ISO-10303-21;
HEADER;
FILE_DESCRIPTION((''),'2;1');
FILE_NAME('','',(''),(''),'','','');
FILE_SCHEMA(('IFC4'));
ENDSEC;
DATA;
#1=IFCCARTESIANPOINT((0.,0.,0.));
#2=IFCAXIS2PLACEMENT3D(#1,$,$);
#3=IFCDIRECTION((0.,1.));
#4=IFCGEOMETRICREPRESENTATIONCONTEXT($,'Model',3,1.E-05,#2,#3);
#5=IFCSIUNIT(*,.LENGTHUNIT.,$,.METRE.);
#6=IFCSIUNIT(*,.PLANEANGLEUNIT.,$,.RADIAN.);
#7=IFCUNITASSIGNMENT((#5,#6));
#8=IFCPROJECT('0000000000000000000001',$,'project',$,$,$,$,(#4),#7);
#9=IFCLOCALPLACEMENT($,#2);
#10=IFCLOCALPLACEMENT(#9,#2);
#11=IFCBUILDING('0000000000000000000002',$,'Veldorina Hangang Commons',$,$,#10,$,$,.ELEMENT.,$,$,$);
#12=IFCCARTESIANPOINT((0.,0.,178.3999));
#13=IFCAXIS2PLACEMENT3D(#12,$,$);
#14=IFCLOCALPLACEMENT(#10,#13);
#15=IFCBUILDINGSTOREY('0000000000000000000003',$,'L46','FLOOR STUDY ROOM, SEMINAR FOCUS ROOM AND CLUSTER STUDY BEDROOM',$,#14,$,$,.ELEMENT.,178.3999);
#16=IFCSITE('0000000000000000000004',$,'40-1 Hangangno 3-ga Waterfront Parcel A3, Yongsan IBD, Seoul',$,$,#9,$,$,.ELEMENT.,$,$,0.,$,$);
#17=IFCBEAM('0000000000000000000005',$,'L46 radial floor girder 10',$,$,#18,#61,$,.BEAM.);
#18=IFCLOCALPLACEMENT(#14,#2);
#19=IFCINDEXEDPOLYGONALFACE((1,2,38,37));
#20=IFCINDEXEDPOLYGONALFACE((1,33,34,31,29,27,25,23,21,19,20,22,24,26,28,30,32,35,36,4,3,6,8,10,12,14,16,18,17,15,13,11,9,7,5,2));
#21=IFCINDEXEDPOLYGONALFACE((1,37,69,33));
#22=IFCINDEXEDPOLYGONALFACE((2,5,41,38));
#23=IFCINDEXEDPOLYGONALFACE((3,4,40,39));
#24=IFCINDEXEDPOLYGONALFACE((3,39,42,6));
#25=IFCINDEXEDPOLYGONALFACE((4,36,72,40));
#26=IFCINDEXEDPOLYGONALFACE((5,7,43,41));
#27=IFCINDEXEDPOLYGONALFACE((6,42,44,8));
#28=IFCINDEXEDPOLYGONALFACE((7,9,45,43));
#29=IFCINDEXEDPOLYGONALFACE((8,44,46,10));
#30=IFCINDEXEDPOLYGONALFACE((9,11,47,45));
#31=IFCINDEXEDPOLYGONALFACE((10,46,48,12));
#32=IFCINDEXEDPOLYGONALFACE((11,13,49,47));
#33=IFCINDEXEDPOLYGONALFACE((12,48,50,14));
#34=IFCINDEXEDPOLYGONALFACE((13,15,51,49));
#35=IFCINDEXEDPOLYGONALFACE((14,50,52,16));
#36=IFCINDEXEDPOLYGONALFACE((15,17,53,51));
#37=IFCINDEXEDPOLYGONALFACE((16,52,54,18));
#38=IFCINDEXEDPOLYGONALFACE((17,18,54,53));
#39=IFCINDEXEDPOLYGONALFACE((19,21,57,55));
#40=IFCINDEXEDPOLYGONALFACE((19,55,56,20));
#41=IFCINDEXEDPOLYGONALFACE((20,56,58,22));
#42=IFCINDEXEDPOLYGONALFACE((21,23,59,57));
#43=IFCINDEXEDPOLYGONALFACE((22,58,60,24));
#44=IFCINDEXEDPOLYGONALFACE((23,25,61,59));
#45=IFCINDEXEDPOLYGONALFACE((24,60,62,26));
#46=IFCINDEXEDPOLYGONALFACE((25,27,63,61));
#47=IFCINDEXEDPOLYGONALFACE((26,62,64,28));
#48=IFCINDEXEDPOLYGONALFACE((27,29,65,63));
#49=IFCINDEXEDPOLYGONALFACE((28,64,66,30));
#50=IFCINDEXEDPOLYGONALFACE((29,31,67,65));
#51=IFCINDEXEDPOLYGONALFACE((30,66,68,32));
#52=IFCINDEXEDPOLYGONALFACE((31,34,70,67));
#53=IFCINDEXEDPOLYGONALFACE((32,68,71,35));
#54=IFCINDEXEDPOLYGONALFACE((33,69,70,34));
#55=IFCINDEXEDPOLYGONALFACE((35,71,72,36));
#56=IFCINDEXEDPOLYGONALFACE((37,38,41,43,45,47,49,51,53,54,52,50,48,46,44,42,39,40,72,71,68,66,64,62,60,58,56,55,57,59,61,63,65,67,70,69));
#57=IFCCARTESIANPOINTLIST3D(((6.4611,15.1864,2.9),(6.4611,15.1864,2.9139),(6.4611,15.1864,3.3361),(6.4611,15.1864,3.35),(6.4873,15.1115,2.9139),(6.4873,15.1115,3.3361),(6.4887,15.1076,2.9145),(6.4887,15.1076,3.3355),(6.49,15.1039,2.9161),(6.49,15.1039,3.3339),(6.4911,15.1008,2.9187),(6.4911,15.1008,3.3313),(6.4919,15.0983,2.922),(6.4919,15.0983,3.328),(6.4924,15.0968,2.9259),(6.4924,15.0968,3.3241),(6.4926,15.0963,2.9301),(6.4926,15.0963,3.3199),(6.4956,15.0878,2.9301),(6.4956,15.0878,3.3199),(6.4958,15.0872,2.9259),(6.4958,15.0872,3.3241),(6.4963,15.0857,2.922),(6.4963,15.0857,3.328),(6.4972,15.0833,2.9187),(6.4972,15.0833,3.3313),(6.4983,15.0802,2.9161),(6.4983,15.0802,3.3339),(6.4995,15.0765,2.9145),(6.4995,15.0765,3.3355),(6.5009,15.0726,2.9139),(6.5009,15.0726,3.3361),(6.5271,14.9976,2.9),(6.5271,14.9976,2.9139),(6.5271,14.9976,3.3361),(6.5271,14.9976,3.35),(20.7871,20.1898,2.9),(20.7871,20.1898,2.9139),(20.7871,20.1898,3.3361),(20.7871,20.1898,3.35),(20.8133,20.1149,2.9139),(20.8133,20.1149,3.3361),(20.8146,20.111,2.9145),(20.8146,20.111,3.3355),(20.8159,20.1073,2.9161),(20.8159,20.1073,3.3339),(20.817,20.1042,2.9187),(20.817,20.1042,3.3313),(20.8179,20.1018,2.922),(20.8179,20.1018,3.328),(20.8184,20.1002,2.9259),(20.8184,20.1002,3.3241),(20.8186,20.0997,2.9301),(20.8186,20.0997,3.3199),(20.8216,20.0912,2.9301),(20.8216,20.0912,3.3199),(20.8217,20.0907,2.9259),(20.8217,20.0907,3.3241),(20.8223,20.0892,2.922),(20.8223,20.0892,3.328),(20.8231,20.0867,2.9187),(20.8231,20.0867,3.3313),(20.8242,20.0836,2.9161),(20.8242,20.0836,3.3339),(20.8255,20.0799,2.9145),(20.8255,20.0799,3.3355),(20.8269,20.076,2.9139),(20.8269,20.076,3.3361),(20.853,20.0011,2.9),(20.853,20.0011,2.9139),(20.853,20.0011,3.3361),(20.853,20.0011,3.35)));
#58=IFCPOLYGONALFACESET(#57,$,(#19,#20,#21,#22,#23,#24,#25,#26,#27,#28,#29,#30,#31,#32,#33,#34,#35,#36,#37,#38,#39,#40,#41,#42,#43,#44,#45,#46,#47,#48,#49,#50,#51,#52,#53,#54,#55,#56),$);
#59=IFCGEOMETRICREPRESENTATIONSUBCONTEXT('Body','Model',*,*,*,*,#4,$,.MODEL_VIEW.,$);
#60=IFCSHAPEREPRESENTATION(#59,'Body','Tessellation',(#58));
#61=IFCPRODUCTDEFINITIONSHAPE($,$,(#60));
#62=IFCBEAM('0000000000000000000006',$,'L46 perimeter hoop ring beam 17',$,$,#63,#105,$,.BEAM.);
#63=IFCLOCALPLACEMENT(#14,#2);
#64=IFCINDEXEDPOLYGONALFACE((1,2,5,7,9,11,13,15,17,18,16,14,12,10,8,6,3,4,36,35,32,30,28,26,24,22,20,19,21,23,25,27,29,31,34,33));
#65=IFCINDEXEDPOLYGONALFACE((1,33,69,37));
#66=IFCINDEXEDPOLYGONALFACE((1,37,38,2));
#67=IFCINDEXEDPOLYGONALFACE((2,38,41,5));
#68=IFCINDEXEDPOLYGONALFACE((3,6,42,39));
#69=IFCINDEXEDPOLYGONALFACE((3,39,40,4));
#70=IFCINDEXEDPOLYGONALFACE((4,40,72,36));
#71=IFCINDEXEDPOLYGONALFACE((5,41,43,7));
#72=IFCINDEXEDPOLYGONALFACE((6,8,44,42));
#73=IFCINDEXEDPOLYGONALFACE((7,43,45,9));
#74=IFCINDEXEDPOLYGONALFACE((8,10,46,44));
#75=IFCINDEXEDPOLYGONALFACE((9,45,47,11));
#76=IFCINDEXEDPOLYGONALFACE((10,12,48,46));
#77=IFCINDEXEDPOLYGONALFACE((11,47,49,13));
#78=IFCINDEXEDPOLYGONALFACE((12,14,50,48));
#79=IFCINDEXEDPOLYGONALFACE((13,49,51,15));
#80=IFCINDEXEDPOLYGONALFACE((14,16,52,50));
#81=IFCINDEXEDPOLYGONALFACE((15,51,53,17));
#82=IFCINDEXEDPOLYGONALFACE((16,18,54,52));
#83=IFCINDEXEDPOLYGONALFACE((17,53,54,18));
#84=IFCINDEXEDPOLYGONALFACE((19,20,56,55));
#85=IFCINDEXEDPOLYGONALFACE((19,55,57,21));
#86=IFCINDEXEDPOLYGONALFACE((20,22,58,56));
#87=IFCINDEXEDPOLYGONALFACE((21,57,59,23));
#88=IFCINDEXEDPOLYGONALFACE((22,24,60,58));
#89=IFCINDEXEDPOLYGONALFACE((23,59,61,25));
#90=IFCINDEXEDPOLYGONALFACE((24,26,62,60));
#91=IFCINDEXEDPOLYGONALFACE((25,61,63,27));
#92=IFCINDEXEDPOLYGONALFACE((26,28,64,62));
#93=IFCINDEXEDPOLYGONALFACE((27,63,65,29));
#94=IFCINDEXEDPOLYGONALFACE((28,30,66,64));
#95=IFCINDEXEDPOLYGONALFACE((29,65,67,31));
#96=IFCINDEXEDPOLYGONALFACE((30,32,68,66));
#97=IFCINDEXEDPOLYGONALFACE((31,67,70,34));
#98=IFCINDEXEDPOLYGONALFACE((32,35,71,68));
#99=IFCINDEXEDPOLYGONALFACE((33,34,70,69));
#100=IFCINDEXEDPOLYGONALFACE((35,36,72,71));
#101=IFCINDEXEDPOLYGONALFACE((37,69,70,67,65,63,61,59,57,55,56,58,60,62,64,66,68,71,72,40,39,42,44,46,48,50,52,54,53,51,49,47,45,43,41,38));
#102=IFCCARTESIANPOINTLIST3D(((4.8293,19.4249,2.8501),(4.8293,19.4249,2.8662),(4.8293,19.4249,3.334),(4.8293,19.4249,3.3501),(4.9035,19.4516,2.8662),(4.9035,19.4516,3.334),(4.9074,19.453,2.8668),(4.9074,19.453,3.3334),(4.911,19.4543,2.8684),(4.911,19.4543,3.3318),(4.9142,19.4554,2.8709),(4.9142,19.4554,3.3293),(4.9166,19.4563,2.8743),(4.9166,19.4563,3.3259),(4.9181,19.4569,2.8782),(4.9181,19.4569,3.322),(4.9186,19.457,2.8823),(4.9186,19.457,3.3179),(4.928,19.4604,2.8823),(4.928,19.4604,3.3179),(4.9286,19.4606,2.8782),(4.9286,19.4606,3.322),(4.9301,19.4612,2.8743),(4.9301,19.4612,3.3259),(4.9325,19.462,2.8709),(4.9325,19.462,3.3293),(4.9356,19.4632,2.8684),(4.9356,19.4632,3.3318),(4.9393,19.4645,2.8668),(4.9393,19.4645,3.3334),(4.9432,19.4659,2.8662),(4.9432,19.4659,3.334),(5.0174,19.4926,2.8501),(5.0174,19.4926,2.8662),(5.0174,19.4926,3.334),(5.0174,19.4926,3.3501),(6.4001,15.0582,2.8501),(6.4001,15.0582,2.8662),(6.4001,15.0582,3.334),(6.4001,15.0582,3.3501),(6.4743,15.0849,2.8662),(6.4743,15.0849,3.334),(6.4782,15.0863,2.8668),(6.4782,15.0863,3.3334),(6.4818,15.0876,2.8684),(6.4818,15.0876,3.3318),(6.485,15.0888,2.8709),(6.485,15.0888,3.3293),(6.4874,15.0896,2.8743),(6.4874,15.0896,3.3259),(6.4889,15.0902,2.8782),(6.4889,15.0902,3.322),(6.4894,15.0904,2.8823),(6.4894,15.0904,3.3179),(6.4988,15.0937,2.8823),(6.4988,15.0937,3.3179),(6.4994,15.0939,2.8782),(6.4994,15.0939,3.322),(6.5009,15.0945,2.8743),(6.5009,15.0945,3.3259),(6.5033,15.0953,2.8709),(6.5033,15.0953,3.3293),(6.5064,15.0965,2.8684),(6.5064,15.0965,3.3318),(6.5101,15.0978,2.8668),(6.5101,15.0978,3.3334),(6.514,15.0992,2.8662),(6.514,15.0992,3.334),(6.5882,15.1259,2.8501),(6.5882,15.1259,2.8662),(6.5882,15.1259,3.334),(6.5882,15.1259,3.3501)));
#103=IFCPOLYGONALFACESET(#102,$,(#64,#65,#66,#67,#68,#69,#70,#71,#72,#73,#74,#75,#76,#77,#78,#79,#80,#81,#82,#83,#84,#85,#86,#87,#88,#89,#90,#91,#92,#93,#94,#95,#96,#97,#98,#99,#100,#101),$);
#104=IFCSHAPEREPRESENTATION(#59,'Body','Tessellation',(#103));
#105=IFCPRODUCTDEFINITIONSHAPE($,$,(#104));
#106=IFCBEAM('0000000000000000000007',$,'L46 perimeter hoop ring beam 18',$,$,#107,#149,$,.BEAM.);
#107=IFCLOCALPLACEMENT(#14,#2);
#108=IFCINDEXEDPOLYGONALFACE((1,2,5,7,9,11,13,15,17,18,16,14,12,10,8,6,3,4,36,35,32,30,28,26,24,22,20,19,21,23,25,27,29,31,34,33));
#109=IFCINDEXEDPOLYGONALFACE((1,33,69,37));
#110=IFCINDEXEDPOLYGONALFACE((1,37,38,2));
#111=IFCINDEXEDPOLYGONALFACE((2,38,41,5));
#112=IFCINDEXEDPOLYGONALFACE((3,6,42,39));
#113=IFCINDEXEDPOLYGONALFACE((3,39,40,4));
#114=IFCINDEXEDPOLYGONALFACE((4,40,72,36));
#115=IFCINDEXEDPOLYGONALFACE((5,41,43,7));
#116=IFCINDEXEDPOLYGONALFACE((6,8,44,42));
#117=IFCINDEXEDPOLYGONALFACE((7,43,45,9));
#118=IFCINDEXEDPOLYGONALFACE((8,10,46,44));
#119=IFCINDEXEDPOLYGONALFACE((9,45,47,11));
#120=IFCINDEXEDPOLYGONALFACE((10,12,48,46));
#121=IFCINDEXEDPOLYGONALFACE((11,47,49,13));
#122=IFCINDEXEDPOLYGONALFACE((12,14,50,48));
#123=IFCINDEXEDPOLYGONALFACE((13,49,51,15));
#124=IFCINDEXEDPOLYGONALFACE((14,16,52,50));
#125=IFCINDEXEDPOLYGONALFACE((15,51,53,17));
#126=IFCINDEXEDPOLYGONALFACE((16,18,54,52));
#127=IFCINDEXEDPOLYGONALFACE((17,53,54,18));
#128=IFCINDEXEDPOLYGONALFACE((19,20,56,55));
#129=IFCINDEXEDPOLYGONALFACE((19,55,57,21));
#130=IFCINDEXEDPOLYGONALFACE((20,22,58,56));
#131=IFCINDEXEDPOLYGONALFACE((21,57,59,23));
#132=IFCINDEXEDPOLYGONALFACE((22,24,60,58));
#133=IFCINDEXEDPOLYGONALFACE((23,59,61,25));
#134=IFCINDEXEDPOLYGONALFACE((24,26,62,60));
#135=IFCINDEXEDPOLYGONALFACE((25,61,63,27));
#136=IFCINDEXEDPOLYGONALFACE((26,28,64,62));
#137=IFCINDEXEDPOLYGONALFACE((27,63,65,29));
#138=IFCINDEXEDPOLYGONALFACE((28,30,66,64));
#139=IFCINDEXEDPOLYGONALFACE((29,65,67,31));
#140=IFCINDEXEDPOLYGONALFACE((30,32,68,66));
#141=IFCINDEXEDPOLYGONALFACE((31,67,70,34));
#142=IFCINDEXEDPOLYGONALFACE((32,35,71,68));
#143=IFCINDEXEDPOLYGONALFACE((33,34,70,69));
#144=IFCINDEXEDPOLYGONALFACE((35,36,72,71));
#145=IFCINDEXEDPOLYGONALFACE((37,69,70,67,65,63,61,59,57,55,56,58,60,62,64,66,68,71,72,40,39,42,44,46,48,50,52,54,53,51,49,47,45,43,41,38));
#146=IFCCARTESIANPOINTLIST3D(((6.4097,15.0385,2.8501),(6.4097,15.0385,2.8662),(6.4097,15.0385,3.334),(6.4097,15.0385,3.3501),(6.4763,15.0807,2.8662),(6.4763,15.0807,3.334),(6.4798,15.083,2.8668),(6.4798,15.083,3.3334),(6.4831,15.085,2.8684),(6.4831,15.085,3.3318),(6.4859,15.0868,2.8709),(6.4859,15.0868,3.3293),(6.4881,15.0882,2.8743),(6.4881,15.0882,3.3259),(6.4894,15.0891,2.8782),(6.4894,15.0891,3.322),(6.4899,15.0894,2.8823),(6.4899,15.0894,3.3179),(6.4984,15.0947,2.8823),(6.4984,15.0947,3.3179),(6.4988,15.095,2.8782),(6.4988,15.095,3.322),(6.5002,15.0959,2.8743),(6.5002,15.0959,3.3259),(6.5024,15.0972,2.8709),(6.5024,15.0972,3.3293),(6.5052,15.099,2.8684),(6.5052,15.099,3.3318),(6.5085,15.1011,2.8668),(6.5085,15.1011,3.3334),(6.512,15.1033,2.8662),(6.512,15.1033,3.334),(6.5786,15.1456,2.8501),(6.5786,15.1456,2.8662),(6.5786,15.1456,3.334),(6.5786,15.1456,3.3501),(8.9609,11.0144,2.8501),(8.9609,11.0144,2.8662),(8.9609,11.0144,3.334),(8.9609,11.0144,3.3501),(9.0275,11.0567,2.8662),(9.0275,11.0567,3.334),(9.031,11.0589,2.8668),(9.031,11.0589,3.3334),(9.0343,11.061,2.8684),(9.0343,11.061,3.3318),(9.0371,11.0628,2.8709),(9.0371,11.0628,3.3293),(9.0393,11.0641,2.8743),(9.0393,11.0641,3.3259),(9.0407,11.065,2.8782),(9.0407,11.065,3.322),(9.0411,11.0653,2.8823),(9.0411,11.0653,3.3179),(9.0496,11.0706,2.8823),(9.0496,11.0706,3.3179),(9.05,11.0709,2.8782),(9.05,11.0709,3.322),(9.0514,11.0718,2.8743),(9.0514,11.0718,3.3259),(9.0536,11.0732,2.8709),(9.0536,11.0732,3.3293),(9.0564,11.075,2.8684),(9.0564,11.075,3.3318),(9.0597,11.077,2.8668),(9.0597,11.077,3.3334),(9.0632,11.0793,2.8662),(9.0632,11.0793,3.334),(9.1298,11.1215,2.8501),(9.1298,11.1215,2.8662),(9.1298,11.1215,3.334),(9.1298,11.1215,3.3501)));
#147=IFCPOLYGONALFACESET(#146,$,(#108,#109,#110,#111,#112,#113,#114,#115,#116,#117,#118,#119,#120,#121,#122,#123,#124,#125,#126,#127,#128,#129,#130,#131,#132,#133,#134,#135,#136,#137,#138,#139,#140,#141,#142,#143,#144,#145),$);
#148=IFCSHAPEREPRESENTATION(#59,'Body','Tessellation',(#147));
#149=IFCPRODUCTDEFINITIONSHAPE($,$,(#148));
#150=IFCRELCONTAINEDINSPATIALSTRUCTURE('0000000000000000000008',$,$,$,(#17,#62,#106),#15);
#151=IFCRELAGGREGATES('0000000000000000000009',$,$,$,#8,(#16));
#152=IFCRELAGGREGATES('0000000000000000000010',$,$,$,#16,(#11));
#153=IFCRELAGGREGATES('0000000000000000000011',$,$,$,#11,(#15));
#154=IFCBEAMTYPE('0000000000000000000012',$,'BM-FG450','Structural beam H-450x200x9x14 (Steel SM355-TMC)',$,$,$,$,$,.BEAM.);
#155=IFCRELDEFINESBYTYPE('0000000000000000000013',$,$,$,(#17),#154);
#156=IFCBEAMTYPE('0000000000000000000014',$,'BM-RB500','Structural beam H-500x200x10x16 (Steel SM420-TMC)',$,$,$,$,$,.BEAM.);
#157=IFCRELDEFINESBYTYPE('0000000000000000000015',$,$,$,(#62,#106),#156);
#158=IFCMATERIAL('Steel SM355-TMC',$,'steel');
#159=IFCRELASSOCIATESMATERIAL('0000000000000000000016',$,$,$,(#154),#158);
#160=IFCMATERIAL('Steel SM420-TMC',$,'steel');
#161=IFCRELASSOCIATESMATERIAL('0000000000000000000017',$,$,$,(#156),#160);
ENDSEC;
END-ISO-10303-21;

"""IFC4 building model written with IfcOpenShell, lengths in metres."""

from ifc_helpers import new_model, si_unit, direction, frame, origin, origin_2d, place, context, subcontext, project, spatial, i_section, extrude, material, material_profile, profile_set, type_object, element, save


model = new_model("IFC4")

# Units and contexts
model_context = context("Model", 3, precision=1e-05, world=origin(), true_north=direction((0.0, 1.0)))
body_context = subcontext(model_context, "Body", "Model", "MODEL_VIEW")
ifc_project = project(units=[si_unit("LENGTHUNIT", "METRE"), si_unit("PLANEANGLEUNIT", "RADIAN")], contexts=[model_context])

# Site, building, storey
site_placement = place(None, origin())
site = spatial("IfcSite", under=ifc_project, at=site_placement, Name="40-1 Hangangno 3-ga Waterfront Parcel A3, Yongsan IBD, Seoul", CompositionType="ELEMENT", RefElevation=0.0)
building_placement = place(site_placement, origin())
building = spatial("IfcBuilding", under=site, at=building_placement, Name="Veldorina Hangang Commons", CompositionType="ELEMENT")
storey_placement = place(building_placement, frame((0.0, 0.0, 178.3999)))
storey = spatial("IfcBuildingStorey", under=building, at=storey_placement, Name="L46", Description="FLOOR STUDY ROOM, SEMINAR FOCUS ROOM AND CLUSTER STUDY BEDROOM", CompositionType="ELEMENT", Elevation=178.3999)

# Beams
ifc_material_1 = material(Name="Steel SM355-TMC", Category="steel")
ifc_material_profile_1 = material_profile(ifc_material_1, i_section(OverallWidth=0.2, OverallDepth=0.45, WebThickness=0.009, FlangeThickness=0.0139, FilletRadius=0.0161, at=origin_2d()), Name="H-450x200x9x14")
ifc_profile_set_1 = profile_set([ifc_material_profile_1], Name="Steel SM355-TMC")
beam_type_1 = type_object("IfcBeamType", Name="BM-FG450", Description="Structural beam H-450x200x9x14 (Steel SM355-TMC)", PredefinedType="BEAM", material=ifc_profile_set_1)
beam_1_placement = place(storey_placement, frame((20.8201, 20.0955, 3.125), z_axis=(-0.944077, -0.329725, 0.0), x_axis=(0.329725, -0.944077, 0.0)))
element("IfcBeam", 1, at=beam_1_placement, inside=storey, type_object=beam_type_1, Name="L46 radial floor girder 10", PredefinedType="BEAM", context=body_context, shape_type="SweptSolid", body=[
    extrude(i_section(OverallWidth=0.2, OverallDepth=0.45, WebThickness=0.009, FlangeThickness=0.0139, FilletRadius=0.0161, at=origin_2d()), origin(), (0.0, 0.0, 1.0), 15.1746),
])
ifc_material_2 = material(Name="Steel SM420-TMC", Category="steel")
ifc_material_profile_2 = material_profile(ifc_material_2, i_section(OverallWidth=0.2, OverallDepth=0.5, WebThickness=0.01, FlangeThickness=0.0161, FilletRadius=0.0161, at=origin_2d()), Name="H-500x200x10x16")
ifc_profile_set_2 = profile_set([ifc_material_profile_2], Name="Steel SM420-TMC")
beam_type_2 = type_object("IfcBeamType", Name="BM-RB500", Description="Structural beam H-500x200x10x16 (Steel SM420-TMC)", PredefinedType="BEAM", material=ifc_profile_set_2)
beam_2_placement = place(storey_placement, frame((4.9233, 19.4587, 3.1001), z_axis=(0.338488, -0.940971, 0.0), x_axis=(0.940971, 0.338488, 0.0)))
element("IfcBeam", 2, at=beam_2_placement, inside=storey, type_object=beam_type_2, Name="L46 perimeter hoop ring beam 17", PredefinedType="BEAM", context=body_context, shape_type="SweptSolid", body=[
    extrude(i_section(OverallWidth=0.2, OverallDepth=0.5, WebThickness=0.01, FlangeThickness=0.0161, FilletRadius=0.0161, at=origin_2d()), origin(), (0.0, 0.0, 1.0), 4.6406),
])
beam_3_placement = place(storey_placement, frame((6.4941, 15.092, 3.1001), z_axis=(0.535446, -0.84457, 0.0), x_axis=(0.84457, 0.535446, 0.0)))
element("IfcBeam", 3, at=beam_3_placement, inside=storey, type_object=beam_type_2, Name="L46 perimeter hoop ring beam 18", PredefinedType="BEAM", context=body_context, shape_type="SweptSolid", body=[
    extrude(i_section(OverallWidth=0.2, OverallDepth=0.5, WebThickness=0.01, FlangeThickness=0.0161, FilletRadius=0.0161, at=origin_2d()), origin(), (0.0, 0.0, 1.0), 4.7646),
])

save(model, "model.ifc")
